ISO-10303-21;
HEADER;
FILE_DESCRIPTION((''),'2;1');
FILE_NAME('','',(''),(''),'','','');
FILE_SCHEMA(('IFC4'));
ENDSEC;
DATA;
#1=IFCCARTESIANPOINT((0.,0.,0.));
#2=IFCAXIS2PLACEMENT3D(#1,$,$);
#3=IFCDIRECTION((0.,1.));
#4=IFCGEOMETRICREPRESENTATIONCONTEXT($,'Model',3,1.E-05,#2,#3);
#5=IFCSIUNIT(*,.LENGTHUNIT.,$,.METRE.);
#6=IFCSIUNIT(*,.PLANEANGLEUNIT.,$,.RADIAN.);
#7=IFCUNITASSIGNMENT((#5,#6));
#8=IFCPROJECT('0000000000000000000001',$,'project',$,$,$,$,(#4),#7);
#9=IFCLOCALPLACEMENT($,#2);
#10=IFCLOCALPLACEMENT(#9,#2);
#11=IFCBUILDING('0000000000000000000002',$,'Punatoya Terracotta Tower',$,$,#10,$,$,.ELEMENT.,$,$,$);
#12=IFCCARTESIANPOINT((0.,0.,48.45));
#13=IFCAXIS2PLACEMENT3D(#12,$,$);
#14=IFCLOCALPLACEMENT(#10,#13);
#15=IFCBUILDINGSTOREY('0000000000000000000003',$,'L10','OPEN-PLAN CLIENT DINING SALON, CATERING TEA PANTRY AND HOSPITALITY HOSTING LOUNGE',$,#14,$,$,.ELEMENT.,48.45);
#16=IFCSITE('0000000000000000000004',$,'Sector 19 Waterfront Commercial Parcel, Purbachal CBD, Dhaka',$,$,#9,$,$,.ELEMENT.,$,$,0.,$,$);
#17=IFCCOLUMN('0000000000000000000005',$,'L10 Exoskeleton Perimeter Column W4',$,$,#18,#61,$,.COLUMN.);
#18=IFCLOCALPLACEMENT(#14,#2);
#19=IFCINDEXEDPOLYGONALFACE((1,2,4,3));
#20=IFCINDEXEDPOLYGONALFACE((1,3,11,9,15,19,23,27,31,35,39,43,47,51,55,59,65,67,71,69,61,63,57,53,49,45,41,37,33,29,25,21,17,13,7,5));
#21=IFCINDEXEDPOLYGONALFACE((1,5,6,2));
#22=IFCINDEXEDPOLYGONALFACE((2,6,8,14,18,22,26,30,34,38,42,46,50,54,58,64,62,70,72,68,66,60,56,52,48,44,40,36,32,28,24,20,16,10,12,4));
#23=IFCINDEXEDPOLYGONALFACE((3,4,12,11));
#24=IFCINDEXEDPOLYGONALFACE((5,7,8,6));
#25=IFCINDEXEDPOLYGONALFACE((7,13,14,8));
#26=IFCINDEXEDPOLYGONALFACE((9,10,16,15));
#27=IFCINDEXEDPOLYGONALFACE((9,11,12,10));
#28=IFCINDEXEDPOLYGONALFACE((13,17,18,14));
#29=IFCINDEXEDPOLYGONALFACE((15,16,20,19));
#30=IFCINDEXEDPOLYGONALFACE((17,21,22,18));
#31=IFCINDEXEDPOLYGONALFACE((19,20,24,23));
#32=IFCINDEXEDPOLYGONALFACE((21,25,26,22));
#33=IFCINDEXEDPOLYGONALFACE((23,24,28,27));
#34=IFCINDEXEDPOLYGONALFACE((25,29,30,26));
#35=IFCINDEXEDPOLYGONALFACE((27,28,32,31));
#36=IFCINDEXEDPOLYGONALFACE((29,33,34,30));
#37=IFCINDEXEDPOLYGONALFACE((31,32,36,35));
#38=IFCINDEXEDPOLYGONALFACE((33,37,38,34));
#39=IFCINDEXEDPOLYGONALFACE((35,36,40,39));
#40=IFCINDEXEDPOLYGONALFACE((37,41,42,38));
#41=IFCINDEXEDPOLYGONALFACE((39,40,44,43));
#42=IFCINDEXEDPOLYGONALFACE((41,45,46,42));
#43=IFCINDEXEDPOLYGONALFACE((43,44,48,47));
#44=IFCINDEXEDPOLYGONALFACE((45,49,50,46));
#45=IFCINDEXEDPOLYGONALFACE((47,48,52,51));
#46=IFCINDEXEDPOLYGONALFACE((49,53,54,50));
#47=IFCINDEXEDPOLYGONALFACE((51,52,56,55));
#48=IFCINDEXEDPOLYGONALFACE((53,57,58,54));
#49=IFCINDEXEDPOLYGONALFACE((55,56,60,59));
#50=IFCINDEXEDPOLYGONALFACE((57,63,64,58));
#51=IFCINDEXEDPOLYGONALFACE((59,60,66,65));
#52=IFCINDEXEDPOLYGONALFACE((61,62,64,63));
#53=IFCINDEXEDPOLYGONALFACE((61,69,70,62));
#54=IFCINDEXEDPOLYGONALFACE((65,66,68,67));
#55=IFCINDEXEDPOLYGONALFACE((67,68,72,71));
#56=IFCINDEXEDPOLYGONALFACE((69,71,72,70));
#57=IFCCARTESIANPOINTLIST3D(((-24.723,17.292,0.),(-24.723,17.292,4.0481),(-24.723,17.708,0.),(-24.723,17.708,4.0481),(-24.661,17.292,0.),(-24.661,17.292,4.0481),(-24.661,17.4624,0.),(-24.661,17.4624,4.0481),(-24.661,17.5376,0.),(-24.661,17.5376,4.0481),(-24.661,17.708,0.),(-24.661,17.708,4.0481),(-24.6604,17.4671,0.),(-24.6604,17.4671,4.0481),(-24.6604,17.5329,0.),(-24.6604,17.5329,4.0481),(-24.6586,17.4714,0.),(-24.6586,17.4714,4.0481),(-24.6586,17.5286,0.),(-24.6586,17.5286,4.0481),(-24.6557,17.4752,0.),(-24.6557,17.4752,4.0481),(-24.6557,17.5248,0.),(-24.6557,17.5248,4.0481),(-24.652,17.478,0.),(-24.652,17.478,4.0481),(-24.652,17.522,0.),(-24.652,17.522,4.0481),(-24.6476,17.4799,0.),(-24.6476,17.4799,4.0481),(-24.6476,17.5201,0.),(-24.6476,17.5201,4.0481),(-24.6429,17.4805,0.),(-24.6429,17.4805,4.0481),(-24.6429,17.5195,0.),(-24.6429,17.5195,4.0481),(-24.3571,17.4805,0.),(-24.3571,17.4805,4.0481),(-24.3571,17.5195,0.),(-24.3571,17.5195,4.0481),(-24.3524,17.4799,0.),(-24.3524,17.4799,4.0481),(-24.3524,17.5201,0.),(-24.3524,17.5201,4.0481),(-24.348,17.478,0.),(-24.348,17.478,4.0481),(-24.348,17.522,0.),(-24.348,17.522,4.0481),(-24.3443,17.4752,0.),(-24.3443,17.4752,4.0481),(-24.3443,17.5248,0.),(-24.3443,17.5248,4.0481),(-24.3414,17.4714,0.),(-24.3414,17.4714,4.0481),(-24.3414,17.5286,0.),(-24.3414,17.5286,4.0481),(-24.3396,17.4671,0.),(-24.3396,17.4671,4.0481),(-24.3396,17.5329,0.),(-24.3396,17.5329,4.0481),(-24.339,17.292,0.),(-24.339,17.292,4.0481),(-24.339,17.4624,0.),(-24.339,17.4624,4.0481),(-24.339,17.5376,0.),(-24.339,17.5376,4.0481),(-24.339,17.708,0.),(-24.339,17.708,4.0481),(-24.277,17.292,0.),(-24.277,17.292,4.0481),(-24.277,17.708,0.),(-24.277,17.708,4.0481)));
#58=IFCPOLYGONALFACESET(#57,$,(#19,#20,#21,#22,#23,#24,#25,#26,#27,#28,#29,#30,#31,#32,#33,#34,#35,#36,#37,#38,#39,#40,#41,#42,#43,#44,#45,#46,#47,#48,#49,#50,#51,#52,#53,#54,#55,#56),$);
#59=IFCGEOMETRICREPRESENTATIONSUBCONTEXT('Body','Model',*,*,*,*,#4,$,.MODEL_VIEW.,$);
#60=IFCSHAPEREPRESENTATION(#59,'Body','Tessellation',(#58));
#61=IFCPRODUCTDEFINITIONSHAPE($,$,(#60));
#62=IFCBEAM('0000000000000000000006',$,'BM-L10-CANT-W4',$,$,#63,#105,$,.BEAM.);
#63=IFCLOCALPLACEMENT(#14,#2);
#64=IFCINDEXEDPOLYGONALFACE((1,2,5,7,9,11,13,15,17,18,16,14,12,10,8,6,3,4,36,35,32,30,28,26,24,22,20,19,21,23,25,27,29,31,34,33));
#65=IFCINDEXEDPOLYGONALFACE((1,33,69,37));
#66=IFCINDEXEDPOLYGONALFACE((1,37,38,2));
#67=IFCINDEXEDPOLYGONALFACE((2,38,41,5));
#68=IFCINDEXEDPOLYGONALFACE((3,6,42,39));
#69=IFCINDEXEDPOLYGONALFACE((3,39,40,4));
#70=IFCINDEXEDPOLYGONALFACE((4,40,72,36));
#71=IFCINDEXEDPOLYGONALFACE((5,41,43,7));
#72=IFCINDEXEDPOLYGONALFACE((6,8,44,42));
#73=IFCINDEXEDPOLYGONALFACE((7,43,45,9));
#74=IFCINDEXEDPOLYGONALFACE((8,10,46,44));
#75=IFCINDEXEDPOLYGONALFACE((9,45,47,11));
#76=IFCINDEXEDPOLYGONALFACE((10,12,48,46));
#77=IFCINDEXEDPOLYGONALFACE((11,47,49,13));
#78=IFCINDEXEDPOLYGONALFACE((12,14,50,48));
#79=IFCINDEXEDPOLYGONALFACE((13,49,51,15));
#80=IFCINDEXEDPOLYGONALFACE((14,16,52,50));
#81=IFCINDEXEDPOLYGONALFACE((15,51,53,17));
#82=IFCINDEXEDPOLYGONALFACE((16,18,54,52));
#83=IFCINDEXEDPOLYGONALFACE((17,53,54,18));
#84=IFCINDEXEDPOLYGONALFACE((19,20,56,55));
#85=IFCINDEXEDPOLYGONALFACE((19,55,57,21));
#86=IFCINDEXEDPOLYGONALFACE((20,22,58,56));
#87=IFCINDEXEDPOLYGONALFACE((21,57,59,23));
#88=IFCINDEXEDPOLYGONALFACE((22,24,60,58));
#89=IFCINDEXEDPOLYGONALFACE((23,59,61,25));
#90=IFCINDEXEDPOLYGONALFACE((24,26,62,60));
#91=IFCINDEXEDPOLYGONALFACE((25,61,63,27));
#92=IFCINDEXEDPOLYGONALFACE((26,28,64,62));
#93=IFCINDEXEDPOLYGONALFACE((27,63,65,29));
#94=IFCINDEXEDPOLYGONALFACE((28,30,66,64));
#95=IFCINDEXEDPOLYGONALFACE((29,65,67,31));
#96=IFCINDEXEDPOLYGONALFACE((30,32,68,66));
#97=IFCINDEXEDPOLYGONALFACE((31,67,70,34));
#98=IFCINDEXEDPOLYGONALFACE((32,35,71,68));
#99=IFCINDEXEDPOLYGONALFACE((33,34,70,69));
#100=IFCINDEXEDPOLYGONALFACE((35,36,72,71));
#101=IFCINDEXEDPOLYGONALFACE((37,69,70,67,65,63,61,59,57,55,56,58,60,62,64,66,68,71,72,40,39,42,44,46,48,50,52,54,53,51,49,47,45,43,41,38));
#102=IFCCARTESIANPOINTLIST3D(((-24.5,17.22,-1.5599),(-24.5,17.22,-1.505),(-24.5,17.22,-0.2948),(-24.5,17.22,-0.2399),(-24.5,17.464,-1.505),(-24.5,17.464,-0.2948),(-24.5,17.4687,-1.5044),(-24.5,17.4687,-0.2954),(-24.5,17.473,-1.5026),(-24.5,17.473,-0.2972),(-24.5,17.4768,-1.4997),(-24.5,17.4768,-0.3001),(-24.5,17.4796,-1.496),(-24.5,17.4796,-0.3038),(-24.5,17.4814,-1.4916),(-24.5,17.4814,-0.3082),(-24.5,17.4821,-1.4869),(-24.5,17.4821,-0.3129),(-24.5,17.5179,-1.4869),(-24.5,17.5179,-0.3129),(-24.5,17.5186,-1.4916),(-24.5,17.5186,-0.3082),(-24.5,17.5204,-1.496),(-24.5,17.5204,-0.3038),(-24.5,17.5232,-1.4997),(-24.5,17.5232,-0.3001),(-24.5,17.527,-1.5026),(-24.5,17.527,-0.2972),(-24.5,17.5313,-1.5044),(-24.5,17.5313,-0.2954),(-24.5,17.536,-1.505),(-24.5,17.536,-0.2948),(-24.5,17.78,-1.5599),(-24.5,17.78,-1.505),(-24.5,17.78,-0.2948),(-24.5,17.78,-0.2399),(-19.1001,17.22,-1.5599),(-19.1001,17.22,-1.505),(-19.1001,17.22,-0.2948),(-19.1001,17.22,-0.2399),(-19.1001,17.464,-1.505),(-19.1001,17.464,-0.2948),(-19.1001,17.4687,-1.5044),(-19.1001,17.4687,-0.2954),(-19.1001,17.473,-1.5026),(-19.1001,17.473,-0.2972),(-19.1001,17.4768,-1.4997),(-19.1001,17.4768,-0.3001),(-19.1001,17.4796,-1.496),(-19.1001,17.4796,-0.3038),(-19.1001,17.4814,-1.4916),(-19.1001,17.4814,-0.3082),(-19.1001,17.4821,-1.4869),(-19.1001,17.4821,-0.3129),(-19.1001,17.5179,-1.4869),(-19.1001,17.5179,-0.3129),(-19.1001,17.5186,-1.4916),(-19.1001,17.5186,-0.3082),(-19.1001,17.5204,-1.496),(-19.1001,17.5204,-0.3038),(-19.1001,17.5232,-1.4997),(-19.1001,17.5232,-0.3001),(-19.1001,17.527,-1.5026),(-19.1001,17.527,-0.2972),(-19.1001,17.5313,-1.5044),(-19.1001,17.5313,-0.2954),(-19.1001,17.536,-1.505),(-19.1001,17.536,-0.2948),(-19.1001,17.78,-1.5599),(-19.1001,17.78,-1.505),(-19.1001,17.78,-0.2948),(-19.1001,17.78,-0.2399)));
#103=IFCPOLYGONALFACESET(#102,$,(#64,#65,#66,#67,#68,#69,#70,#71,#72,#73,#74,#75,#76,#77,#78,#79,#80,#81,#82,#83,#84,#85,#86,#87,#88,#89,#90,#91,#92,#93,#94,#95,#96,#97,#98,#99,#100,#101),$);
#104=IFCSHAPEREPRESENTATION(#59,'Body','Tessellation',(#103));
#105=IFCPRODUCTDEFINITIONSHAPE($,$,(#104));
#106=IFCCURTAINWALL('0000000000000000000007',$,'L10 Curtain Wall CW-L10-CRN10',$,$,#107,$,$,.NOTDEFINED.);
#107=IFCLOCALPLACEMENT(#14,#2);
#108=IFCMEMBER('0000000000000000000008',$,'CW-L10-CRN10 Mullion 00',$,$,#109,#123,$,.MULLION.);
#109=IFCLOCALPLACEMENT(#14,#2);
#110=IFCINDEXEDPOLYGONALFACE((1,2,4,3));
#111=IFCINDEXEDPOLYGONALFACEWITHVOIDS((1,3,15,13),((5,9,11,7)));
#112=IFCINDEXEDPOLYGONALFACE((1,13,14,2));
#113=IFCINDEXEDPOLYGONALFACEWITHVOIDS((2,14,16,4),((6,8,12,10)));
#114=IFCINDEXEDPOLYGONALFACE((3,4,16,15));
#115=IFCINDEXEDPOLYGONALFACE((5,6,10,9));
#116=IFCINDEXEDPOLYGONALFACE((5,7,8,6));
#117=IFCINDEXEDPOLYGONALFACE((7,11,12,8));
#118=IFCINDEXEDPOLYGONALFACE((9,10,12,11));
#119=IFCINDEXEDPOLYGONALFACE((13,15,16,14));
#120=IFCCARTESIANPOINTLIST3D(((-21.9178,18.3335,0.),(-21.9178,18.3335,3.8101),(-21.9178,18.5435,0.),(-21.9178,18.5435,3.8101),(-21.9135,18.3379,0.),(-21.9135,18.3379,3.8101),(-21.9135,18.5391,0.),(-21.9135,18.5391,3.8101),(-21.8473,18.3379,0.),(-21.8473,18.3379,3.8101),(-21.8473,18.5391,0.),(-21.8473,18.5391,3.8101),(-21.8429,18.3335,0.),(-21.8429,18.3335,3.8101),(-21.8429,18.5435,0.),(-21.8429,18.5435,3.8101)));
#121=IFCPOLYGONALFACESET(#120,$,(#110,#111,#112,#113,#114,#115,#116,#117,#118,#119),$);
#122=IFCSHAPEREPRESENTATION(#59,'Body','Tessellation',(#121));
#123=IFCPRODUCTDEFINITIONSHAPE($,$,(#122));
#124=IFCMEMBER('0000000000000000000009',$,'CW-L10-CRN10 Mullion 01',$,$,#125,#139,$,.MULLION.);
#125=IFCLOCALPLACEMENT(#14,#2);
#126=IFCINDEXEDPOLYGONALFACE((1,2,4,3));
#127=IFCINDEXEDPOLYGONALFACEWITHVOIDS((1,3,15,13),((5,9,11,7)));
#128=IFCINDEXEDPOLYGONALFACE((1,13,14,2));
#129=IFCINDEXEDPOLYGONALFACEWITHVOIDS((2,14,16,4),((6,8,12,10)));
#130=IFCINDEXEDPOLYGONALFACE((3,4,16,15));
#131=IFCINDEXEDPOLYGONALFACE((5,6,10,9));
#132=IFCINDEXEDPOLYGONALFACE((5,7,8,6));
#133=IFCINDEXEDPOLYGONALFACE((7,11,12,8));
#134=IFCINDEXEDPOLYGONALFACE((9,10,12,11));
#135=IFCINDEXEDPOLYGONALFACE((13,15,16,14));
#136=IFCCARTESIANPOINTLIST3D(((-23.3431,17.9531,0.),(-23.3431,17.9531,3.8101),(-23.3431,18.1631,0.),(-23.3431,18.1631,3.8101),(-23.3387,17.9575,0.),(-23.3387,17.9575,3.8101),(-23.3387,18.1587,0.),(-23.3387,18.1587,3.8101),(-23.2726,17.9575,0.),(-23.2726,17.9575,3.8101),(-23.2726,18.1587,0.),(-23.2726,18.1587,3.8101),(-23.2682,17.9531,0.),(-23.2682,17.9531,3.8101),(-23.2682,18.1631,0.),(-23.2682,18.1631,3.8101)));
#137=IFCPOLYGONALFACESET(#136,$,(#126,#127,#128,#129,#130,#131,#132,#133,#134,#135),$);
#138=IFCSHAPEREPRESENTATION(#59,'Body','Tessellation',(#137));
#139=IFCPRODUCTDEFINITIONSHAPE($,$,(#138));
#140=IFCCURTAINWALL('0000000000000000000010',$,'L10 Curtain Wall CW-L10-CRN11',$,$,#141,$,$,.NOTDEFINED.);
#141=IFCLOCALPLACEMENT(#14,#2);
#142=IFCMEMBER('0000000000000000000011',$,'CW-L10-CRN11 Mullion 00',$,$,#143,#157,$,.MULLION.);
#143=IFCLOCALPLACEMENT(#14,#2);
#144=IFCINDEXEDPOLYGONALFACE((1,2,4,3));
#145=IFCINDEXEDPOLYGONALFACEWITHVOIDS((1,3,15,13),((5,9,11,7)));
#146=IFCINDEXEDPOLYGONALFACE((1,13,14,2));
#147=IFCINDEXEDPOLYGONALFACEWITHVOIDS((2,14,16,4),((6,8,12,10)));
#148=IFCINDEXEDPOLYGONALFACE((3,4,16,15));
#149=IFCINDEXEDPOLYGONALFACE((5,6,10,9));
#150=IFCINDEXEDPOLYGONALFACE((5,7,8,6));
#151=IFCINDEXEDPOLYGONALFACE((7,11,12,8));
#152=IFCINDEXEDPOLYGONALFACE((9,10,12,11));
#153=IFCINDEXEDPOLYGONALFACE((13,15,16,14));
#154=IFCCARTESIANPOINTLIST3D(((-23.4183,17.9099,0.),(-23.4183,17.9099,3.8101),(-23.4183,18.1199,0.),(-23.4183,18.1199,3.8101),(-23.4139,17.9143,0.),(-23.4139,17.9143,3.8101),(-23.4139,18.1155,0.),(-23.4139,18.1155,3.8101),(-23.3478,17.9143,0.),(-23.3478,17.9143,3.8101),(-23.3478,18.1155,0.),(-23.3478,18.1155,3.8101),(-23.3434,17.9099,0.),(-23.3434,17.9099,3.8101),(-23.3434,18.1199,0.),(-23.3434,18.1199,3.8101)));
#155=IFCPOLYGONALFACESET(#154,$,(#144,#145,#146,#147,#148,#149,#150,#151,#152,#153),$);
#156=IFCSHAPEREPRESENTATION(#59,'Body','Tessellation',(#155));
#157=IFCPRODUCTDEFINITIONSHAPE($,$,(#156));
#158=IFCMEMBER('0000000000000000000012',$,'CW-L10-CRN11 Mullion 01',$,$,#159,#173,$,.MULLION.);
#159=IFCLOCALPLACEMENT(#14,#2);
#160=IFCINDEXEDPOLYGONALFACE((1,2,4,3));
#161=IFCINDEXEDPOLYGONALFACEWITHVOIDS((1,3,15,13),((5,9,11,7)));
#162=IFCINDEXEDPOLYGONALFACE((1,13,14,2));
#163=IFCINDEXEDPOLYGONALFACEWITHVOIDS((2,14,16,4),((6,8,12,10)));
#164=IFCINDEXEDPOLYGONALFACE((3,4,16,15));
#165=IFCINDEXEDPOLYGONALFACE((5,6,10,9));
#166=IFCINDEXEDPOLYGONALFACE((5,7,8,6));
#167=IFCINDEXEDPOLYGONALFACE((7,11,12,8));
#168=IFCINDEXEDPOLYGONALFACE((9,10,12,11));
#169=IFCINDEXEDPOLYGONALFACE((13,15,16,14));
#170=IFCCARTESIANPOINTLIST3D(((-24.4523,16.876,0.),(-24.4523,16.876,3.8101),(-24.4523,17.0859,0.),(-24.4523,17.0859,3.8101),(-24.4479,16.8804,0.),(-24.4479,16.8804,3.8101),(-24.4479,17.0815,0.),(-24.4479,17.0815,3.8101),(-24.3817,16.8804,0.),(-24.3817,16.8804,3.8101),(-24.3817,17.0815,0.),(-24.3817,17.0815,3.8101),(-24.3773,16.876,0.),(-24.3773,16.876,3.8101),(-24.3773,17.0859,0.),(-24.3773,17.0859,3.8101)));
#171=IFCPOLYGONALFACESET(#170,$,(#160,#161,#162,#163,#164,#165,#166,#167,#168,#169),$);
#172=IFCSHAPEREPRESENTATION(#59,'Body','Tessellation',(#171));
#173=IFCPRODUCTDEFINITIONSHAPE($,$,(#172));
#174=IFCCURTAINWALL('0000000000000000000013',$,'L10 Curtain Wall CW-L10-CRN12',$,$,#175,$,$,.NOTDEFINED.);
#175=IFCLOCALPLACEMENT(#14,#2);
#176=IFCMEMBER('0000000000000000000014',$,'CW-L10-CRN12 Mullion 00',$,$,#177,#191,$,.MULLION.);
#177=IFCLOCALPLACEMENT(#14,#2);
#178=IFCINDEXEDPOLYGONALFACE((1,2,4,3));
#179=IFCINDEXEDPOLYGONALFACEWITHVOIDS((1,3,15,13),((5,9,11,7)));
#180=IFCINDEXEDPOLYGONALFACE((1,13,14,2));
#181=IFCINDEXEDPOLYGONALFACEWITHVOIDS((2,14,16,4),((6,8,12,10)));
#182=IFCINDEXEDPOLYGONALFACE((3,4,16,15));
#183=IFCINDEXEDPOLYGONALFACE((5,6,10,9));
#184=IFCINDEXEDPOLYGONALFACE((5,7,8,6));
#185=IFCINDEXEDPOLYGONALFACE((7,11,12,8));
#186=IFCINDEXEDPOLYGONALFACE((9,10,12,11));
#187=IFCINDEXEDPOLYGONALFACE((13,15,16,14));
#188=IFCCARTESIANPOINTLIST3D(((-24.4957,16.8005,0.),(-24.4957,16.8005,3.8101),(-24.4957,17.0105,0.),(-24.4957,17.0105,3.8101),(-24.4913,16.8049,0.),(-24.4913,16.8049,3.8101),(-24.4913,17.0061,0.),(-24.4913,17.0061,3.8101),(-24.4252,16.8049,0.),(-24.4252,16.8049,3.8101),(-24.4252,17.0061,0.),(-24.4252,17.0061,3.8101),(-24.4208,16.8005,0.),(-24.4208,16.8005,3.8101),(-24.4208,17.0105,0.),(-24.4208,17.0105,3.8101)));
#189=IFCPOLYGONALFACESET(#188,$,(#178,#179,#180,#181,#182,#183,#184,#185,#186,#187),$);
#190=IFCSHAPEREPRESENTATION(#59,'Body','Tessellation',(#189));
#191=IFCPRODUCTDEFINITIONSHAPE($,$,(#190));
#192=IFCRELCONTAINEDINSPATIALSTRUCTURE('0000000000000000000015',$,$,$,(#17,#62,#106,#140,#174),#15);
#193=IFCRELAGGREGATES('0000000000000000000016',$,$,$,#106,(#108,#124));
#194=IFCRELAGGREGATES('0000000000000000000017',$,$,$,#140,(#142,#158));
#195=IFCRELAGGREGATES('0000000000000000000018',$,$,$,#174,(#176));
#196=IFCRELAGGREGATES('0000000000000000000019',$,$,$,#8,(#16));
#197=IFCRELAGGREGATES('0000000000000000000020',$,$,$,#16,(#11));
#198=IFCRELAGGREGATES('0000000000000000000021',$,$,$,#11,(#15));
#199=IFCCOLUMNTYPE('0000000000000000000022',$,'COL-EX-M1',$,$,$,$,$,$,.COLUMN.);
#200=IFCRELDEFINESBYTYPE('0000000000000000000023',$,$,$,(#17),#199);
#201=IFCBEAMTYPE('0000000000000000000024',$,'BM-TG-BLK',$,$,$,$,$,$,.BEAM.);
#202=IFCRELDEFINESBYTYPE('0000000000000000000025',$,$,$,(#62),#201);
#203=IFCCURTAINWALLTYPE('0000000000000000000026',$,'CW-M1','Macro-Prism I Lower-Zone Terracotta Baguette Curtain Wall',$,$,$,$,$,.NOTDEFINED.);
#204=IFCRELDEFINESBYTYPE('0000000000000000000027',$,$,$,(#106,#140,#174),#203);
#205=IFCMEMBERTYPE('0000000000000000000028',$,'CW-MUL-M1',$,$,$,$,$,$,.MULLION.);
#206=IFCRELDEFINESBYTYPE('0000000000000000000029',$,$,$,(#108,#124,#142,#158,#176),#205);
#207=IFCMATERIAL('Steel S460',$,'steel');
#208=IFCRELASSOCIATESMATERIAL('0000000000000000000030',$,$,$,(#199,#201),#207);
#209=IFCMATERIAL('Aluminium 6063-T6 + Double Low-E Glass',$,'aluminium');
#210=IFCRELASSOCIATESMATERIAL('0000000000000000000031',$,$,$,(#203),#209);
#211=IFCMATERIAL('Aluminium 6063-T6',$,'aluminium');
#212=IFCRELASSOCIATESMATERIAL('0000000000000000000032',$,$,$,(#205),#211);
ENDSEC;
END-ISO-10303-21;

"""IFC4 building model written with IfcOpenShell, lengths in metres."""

from ifc_helpers import new_model, si_unit, direction, frame, origin, origin_2d, place, context, subcontext, project, spatial, hollow_rectangle, i_section, extrude, material, material_profile, profile_set, type_object, element, aggregate, save


model = new_model("IFC4")

# Units and contexts
model_context = context("Model", 3, precision=1e-05, world=origin(), true_north=direction((0.0, 1.0)))
body_context = subcontext(model_context, "Body", "Model", "MODEL_VIEW")
ifc_project = project(units=[si_unit("LENGTHUNIT", "METRE"), si_unit("PLANEANGLEUNIT", "RADIAN")], contexts=[model_context])

# Site, building, storey
site_placement = place(None, origin())
site = spatial("IfcSite", under=ifc_project, at=site_placement, Name="Sector 19 Waterfront Commercial Parcel, Purbachal CBD, Dhaka", CompositionType="ELEMENT", RefElevation=0.0)
building_placement = place(site_placement, origin())
building = spatial("IfcBuilding", under=site, at=building_placement, Name="Punatoya Terracotta Tower", CompositionType="ELEMENT")
storey_placement = place(building_placement, frame((0.0, 0.0, 48.45)))
storey = spatial("IfcBuildingStorey", under=building, at=storey_placement, Name="L10", Description="OPEN-PLAN CLIENT DINING SALON, CATERING TEA PANTRY AND HOSPITALITY HOSTING LOUNGE", CompositionType="ELEMENT", Elevation=48.45)

# Column
ifc_material_1 = material(Name="Steel S460", Category="steel")
ifc_material_profile_1 = material_profile(ifc_material_1, i_section(OverallWidth=0.416, OverallDepth=0.446, WebThickness=0.0391, FlangeThickness=0.062, FilletRadius=0.0181, at=origin_2d()))
ifc_profile_set_1 = profile_set([ifc_material_profile_1], Name="Steel S460")
column_type = type_object("IfcColumnType", Name="COL-EX-M1", PredefinedType="COLUMN", material=ifc_profile_set_1)
column_placement = place(storey_placement, frame((-24.5, 17.5, 0.0), z_axis=(0.0, 0.0, 1.0), x_axis=(0.0, 1.0, 0.0)))
element("IfcColumn", 1, at=column_placement, inside=storey, type_object=column_type, Name="L10 Exoskeleton Perimeter Column W4", PredefinedType="COLUMN", context=body_context, shape_type="SweptSolid", body=[
    extrude(i_section(OverallWidth=0.416, OverallDepth=0.446, WebThickness=0.0391, FlangeThickness=0.062, FilletRadius=0.0181, at=origin_2d()), origin(), (0.0, 0.0, 1.0), 4.0481),
])

# Beam
ifc_material_profile_2 = material_profile(ifc_material_1, i_section(OverallWidth=0.5601, OverallDepth=1.3201, WebThickness=0.0359, FlangeThickness=0.0549, FilletRadius=0.0181, at=origin_2d()))
ifc_profile_set_2 = profile_set([ifc_material_profile_2], Name="Steel S460")
beam_type = type_object("IfcBeamType", Name="BM-TG-BLK", PredefinedType="BEAM", material=ifc_profile_set_2)
beam_placement = place(storey_placement, frame((-24.5, 17.5, -0.8999), z_axis=(1.0, 0.0, 0.0), x_axis=(0.0, 1.0, 0.0)))
element("IfcBeam", 2, at=beam_placement, inside=storey, type_object=beam_type, Name="BM-L10-CANT-W4", PredefinedType="BEAM", context=body_context, shape_type="SweptSolid", body=[
    extrude(i_section(OverallWidth=0.5601, OverallDepth=1.3201, WebThickness=0.0359, FlangeThickness=0.0549, FilletRadius=0.0181, at=origin_2d()), origin(), (0.0, 0.0, 1.0), 5.3999),
])

# Curtain walls, members
ifc_material_2 = material(Name="Aluminium 6063-T6 + Double Low-E Glass", Category="aluminium")
curtain_wall_type = type_object("IfcCurtainWallType", Name="CW-M1", Description="Macro-Prism I Lower-Zone Terracotta Baguette Curtain Wall", PredefinedType="NOTDEFINED", material=ifc_material_2)
curtain_wall_1_placement = place(storey_placement, origin())
curtain_wall_1 = element("IfcCurtainWall", 3, at=curtain_wall_1_placement, inside=storey, type_object=curtain_wall_type, Name="L10 Curtain Wall CW-L10-CRN10", PredefinedType="NOTDEFINED")
ifc_material_3 = material(Name="Aluminium 6063-T6", Category="aluminium")
ifc_material_profile_3 = material_profile(ifc_material_3, hollow_rectangle(XDim=0.075, YDim=0.21, WallThickness=0.0044, at=origin_2d()))
ifc_profile_set_3 = profile_set([ifc_material_profile_3], Name="Aluminium 6063-T6")
member_type_1 = type_object("IfcMemberType", Name="CW-MUL-M1", PredefinedType="MULLION", material=ifc_profile_set_3)
member_1_placement = place(storey_placement, frame((-21.8804, 18.4385, 0.0), z_axis=(0.0, 0.0, 1.0), x_axis=(1.0, 0.0, 0.0)))
member_1 = element("IfcMember", 4, at=member_1_placement, type_object=member_type_1, Name="CW-L10-CRN10 Mullion 00", PredefinedType="MULLION", context=body_context, shape_type="SweptSolid", body=[
    extrude(hollow_rectangle(XDim=0.075, YDim=0.21, WallThickness=0.0044, at=origin_2d()), origin(), (0.0, 0.0, 1.0), 3.8101),
])
member_2_placement = place(storey_placement, frame((-23.3057, 18.0581, 0.0), z_axis=(0.0, 0.0, 1.0), x_axis=(1.0, 0.0, 0.0)))
member_2 = element("IfcMember", 5, at=member_2_placement, type_object=member_type_1, Name="CW-L10-CRN10 Mullion 01", PredefinedType="MULLION", context=body_context, shape_type="SweptSolid", body=[
    extrude(hollow_rectangle(XDim=0.075, YDim=0.21, WallThickness=0.0044, at=origin_2d()), origin(), (0.0, 0.0, 1.0), 3.8101),
])
curtain_wall_2_placement = place(storey_placement, origin())
curtain_wall_2 = element("IfcCurtainWall", 6, at=curtain_wall_2_placement, inside=storey, type_object=curtain_wall_type, Name="L10 Curtain Wall CW-L10-CRN11", PredefinedType="NOTDEFINED")
member_3_placement = place(storey_placement, frame((-23.3809, 18.0149, 0.0), z_axis=(0.0, 0.0, 1.0), x_axis=(1.0, 0.0, 0.0)))
member_3 = element("IfcMember", 7, at=member_3_placement, type_object=member_type_1, Name="CW-L10-CRN11 Mullion 00", PredefinedType="MULLION", context=body_context, shape_type="SweptSolid", body=[
    extrude(hollow_rectangle(XDim=0.075, YDim=0.21, WallThickness=0.0044, at=origin_2d()), origin(), (0.0, 0.0, 1.0), 3.8101),
])
member_4_placement = place(storey_placement, frame((-24.4148, 16.981, 0.0), z_axis=(0.0, 0.0, 1.0), x_axis=(1.0, 0.0, 0.0)))
member_4 = element("IfcMember", 8, at=member_4_placement, type_object=member_type_1, Name="CW-L10-CRN11 Mullion 01", PredefinedType="MULLION", context=body_context, shape_type="SweptSolid", body=[
    extrude(hollow_rectangle(XDim=0.075, YDim=0.21, WallThickness=0.0044, at=origin_2d()), origin(), (0.0, 0.0, 1.0), 3.8101),
])
curtain_wall_3_placement = place(storey_placement, origin())
curtain_wall_3 = element("IfcCurtainWall", 9, at=curtain_wall_3_placement, inside=storey, type_object=curtain_wall_type, Name="L10 Curtain Wall CW-L10-CRN12", PredefinedType="NOTDEFINED")
member_5_placement = place(storey_placement, frame((-24.4583, 16.9055, 0.0), z_axis=(0.0, 0.0, 1.0), x_axis=(1.0, 0.0, 0.0)))
member_5 = element("IfcMember", 10, at=member_5_placement, type_object=member_type_1, Name="CW-L10-CRN12 Mullion 00", PredefinedType="MULLION", context=body_context, shape_type="SweptSolid", body=[
    extrude(hollow_rectangle(XDim=0.075, YDim=0.21, WallThickness=0.0044, at=origin_2d()), origin(), (0.0, 0.0, 1.0), 3.8101),
])

aggregate(curtain_wall_1, [member_1, member_2])
aggregate(curtain_wall_2, [member_3, member_4])
aggregate(curtain_wall_3, [member_5])

save(model, "model.ifc")
